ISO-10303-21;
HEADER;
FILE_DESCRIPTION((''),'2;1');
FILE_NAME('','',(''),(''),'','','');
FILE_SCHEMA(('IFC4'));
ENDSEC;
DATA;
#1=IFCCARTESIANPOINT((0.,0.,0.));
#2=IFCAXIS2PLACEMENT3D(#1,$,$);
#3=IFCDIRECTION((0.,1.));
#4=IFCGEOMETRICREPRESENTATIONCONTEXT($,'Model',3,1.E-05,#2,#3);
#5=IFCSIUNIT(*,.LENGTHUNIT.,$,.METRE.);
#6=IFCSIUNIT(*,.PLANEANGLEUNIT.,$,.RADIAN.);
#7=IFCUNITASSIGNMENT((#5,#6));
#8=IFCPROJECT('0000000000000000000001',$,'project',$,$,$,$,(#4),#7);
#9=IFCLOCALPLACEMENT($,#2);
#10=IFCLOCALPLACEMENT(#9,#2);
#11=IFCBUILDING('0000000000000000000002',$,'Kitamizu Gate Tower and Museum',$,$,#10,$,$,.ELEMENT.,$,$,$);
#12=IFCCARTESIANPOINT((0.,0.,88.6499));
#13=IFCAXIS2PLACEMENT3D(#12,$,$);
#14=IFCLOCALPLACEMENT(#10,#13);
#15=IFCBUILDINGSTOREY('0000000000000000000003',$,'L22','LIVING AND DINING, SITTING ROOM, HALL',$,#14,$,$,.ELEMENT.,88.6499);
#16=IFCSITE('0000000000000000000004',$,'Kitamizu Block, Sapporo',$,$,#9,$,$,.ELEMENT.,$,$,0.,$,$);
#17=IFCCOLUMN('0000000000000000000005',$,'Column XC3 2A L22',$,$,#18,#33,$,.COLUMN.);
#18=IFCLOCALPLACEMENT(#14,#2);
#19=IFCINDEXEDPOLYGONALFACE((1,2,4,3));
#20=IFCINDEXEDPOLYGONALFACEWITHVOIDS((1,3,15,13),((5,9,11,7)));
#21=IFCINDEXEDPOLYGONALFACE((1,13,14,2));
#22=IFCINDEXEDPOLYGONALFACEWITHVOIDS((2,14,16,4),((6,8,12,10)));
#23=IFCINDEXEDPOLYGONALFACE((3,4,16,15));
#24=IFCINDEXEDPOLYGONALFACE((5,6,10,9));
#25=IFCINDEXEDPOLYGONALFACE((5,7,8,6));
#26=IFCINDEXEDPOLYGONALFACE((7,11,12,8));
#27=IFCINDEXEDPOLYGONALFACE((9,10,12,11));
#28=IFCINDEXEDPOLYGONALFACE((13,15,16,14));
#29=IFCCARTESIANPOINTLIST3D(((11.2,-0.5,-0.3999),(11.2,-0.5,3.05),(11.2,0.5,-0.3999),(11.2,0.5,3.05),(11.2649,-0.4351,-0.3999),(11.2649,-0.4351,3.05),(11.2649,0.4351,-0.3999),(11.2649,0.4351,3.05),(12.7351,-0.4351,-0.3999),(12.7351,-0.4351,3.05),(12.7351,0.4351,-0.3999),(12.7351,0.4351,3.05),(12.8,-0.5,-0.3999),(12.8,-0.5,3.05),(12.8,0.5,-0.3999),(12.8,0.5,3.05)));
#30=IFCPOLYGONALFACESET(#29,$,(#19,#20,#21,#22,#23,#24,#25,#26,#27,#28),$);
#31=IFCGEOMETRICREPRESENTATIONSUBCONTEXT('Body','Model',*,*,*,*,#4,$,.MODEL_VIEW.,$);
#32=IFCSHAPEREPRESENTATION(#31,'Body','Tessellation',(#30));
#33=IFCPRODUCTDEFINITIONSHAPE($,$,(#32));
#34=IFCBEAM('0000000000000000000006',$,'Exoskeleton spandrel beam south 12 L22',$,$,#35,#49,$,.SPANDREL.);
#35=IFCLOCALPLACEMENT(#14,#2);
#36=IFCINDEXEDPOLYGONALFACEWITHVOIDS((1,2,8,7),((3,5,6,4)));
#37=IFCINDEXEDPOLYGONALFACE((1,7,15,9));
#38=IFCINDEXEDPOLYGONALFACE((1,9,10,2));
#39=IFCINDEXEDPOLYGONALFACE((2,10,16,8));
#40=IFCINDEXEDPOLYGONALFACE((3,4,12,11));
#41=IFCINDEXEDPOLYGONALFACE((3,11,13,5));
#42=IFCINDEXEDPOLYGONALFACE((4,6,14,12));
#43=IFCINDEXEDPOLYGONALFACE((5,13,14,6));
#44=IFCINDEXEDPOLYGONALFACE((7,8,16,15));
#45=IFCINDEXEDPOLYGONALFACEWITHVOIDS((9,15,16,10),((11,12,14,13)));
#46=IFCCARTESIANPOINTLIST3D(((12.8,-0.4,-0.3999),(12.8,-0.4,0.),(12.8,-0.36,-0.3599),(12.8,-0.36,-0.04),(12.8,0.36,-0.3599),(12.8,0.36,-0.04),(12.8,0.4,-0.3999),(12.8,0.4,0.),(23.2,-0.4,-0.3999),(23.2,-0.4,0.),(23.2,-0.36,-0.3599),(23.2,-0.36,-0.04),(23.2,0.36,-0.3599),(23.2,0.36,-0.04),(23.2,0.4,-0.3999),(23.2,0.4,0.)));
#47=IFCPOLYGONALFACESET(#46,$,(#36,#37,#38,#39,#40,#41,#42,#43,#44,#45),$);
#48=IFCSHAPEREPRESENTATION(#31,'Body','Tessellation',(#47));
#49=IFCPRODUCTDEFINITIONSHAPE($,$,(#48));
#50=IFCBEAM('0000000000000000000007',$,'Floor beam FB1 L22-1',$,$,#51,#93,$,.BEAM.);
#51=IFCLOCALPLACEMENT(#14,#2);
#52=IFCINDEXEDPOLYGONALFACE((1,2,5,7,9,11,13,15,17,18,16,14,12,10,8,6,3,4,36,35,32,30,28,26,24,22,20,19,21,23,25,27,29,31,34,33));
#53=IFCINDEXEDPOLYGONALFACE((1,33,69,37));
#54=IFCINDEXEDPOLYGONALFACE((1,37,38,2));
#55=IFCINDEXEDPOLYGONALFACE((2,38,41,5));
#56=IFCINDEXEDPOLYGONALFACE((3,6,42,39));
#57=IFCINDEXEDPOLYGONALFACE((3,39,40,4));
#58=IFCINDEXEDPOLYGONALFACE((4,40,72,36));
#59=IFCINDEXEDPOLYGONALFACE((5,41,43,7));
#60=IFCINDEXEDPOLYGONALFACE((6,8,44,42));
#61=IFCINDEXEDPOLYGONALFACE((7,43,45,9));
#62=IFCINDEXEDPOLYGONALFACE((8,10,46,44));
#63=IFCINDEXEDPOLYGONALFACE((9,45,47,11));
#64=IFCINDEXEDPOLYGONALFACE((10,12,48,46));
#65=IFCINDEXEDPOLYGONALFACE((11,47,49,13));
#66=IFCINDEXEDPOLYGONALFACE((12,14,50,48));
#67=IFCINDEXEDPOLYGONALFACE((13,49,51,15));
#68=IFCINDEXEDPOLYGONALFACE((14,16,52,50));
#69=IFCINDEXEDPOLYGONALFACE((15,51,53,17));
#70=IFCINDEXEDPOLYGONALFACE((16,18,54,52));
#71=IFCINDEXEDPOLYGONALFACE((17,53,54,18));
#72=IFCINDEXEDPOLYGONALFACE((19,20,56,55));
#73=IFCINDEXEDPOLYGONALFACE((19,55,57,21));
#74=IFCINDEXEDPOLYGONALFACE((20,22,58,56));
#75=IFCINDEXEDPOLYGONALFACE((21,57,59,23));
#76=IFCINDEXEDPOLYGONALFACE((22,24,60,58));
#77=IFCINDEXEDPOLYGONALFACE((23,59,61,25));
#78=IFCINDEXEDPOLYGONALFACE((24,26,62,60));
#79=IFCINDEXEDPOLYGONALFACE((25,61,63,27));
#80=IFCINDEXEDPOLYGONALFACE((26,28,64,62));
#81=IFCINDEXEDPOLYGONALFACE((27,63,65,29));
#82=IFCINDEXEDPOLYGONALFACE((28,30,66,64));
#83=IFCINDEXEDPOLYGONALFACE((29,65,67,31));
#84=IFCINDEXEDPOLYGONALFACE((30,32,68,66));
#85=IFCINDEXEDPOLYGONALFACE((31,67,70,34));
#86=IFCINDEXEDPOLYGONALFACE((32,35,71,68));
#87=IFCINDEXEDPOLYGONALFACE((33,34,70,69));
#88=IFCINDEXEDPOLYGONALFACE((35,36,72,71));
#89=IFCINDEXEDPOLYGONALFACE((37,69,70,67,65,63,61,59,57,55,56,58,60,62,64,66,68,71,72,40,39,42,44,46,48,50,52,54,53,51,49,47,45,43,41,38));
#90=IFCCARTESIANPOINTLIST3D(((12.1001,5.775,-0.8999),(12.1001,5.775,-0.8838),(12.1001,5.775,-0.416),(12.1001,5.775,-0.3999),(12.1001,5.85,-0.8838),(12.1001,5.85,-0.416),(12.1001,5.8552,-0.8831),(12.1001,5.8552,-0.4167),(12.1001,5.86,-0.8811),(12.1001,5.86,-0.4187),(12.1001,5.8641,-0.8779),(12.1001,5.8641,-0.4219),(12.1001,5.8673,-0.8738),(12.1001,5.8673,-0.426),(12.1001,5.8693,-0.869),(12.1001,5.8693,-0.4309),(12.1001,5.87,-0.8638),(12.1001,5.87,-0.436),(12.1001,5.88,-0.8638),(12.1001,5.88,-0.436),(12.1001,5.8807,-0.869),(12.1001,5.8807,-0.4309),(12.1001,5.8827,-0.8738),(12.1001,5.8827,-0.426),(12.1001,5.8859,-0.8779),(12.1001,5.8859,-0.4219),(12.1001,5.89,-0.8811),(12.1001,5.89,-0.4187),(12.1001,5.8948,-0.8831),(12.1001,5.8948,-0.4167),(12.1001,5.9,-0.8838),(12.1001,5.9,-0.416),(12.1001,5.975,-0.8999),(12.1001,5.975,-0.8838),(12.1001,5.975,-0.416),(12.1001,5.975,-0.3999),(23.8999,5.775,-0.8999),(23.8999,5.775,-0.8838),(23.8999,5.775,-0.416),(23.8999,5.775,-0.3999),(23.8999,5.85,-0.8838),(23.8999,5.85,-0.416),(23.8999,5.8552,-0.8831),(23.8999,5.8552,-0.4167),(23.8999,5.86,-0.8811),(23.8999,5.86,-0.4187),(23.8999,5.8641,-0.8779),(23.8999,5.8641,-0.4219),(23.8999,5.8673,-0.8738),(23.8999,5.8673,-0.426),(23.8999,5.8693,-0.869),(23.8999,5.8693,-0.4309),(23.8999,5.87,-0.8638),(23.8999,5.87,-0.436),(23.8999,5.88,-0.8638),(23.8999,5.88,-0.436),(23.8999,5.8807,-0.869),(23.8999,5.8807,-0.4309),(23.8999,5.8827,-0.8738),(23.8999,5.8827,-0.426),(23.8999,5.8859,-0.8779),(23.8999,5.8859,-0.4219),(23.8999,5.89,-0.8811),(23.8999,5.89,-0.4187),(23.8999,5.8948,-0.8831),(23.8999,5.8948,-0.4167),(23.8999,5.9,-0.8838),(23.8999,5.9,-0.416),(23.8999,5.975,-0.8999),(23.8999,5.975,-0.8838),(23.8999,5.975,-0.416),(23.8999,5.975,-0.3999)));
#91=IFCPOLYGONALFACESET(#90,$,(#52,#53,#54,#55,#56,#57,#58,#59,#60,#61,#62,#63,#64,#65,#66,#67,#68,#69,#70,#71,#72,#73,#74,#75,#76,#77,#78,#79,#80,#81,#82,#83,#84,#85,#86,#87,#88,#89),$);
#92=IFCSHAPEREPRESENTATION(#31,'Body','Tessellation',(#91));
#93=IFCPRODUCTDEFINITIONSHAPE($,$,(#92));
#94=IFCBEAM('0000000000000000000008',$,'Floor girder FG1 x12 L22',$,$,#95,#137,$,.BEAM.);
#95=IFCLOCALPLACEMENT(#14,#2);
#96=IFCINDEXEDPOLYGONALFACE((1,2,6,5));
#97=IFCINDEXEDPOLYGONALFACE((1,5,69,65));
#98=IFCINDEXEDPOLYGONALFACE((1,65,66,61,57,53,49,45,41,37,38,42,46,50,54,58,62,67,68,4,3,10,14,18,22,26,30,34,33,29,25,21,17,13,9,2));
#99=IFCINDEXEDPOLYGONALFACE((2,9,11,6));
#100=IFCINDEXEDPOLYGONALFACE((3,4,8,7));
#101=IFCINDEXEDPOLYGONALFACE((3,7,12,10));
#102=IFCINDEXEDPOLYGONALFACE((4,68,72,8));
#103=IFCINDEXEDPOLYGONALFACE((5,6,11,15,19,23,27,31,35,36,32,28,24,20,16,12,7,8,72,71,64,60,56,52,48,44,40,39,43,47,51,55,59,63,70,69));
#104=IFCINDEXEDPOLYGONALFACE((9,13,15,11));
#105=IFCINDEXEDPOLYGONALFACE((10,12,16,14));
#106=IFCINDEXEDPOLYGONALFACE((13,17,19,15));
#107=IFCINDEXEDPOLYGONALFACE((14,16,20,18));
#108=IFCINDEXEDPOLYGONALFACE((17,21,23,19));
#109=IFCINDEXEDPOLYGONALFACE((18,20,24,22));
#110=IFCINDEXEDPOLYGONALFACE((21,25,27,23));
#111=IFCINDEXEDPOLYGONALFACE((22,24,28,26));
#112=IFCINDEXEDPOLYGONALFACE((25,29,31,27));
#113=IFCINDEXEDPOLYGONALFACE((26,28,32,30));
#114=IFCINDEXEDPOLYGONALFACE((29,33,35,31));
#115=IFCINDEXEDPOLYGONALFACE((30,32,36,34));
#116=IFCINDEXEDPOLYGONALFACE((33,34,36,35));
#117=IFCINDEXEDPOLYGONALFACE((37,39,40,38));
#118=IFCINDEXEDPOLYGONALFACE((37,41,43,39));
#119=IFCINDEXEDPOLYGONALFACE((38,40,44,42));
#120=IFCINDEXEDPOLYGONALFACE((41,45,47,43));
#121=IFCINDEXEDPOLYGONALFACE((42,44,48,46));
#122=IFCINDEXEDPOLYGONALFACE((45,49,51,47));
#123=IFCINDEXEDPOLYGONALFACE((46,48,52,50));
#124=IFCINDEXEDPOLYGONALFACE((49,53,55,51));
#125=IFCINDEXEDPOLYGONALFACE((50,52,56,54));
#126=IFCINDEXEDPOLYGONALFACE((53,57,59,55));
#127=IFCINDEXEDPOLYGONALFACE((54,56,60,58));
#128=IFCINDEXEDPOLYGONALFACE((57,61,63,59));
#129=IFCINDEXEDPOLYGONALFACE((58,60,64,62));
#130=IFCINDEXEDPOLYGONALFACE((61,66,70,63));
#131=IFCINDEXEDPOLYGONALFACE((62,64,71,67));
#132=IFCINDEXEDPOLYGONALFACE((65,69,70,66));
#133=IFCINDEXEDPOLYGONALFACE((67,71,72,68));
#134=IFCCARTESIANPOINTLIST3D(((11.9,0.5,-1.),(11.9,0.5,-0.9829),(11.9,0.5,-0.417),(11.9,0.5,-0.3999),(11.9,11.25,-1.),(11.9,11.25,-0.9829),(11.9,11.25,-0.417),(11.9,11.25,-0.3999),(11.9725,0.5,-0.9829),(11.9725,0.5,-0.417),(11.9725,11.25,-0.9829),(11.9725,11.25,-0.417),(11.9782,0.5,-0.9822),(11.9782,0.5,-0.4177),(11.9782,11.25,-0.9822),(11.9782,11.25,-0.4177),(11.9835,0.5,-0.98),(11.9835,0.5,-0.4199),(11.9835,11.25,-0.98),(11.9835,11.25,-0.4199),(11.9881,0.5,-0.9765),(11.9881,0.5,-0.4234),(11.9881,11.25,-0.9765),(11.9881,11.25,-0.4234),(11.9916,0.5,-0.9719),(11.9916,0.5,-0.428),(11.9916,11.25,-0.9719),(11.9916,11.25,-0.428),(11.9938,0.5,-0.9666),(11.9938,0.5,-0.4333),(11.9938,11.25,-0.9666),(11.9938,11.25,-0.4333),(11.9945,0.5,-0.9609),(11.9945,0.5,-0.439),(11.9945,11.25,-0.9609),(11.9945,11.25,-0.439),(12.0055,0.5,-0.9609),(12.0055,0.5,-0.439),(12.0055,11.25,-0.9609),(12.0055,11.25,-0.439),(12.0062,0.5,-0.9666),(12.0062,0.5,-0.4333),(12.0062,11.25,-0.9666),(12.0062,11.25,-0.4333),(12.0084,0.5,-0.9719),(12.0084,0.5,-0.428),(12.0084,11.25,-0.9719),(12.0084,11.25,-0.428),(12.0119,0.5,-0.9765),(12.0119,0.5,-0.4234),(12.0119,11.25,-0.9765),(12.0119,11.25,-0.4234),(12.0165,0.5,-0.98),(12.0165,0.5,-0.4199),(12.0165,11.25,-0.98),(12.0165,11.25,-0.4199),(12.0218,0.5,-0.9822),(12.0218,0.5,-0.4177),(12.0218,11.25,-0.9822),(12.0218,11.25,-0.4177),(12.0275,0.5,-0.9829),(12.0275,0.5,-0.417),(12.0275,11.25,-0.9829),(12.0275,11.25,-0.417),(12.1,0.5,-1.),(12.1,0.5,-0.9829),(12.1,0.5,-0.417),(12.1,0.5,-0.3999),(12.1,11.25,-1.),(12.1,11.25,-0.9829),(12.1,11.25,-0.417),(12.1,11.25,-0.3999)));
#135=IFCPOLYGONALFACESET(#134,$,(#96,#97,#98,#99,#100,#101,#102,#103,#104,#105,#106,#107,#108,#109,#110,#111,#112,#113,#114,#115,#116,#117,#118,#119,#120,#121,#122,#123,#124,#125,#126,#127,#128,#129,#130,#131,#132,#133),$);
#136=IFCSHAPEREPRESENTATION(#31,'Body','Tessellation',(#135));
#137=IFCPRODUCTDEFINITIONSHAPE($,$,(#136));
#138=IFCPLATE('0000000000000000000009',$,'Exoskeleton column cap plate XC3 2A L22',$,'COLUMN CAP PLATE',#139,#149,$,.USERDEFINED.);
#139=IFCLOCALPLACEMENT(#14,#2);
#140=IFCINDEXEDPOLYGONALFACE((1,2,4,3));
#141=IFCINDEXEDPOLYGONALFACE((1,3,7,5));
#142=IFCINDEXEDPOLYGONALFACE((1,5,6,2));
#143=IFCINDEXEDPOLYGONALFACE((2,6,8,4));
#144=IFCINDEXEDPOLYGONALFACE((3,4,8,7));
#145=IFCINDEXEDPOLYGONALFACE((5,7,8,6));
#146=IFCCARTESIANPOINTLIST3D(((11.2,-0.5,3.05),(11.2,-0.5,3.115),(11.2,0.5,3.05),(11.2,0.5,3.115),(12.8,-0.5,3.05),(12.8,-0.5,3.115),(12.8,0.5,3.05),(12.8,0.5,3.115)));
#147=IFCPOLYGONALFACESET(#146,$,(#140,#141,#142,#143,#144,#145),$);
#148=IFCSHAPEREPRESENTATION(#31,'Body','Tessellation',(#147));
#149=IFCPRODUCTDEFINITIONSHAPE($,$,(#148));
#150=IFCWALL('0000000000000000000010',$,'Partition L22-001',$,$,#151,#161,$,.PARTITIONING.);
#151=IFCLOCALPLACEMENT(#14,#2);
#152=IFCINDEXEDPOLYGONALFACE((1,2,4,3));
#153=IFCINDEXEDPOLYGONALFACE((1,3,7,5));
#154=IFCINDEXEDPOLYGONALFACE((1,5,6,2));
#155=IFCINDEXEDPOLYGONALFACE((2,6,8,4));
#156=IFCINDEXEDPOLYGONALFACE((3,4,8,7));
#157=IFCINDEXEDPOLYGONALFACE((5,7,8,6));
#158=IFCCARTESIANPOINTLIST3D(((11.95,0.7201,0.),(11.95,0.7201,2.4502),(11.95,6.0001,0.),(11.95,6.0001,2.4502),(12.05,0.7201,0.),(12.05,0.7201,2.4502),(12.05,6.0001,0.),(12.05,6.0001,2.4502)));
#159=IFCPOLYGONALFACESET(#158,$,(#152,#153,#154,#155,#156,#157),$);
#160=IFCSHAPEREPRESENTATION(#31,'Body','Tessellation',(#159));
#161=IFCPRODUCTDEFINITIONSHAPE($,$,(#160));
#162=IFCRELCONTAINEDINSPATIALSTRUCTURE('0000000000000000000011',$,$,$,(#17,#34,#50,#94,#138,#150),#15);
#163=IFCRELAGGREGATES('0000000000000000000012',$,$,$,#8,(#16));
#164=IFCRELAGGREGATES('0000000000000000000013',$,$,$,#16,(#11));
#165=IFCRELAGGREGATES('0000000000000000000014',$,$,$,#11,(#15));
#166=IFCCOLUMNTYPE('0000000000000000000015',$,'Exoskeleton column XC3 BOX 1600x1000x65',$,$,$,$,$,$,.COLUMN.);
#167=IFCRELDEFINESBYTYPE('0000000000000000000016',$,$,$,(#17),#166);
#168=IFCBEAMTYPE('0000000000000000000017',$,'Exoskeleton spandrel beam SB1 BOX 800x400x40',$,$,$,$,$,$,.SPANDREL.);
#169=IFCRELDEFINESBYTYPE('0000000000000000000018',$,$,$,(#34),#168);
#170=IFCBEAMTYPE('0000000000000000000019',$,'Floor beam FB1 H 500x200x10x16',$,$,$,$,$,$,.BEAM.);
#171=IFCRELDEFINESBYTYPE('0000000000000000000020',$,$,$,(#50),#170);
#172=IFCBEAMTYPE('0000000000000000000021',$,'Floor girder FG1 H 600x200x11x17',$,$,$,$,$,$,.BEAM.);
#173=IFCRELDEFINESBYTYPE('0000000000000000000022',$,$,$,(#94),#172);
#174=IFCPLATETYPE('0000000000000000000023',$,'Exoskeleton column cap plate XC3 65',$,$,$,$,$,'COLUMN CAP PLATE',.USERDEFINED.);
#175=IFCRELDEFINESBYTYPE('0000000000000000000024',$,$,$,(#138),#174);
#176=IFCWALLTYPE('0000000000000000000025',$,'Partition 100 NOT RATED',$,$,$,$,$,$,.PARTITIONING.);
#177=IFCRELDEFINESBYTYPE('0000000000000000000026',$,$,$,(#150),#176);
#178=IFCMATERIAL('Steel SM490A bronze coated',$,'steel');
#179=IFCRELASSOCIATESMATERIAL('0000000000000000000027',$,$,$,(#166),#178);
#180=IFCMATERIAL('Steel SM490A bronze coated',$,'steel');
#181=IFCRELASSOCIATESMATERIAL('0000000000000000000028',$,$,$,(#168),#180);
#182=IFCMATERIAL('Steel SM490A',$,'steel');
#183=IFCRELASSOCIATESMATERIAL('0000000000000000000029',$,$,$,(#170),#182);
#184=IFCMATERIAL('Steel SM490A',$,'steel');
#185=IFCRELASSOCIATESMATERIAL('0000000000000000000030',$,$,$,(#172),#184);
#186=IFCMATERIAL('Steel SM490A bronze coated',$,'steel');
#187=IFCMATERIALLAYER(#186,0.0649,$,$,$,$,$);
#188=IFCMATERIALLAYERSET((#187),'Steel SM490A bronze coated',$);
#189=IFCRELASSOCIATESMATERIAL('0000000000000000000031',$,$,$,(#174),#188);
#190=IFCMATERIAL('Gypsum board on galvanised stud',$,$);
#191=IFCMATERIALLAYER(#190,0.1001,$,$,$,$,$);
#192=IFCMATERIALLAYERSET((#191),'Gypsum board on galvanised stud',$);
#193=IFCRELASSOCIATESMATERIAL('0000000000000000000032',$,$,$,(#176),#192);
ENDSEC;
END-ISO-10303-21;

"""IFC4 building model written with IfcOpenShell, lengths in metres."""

from ifc_helpers import new_model, si_unit, direction, frame, frame_2d, origin, origin_2d, place, context, subcontext, project, spatial, rectangle, hollow_rectangle, i_section, extrude, material, layer, layer_set, material_profile, profile_set, type_object, element, save


model = new_model("IFC4")

# Units and contexts
model_context = context("Model", 3, precision=1e-05, world=origin(), true_north=direction((0.0, 1.0)))
body_context = subcontext(model_context, "Body", "Model", "MODEL_VIEW")
ifc_project = project(units=[si_unit("LENGTHUNIT", "METRE"), si_unit("PLANEANGLEUNIT", "RADIAN")], contexts=[model_context])

# Site, building, storey
site_placement = place(None, origin())
site = spatial("IfcSite", under=ifc_project, at=site_placement, Name="Kitamizu Block, Sapporo", CompositionType="ELEMENT", RefElevation=0.0)
building_placement = place(site_placement, origin())
building = spatial("IfcBuilding", under=site, at=building_placement, Name="Kitamizu Gate Tower and Museum", CompositionType="ELEMENT")
storey_placement = place(building_placement, frame((0.0, 0.0, 88.6499)))
storey = spatial("IfcBuildingStorey", under=building, at=storey_placement, Name="L22", Description="LIVING AND DINING, SITTING ROOM, HALL", CompositionType="ELEMENT", Elevation=88.6499)

# Column
ifc_material_1 = material(Name="Steel SM490A bronze coated", Category="steel")
ifc_material_profile_1 = material_profile(ifc_material_1, hollow_rectangle(XDim=1.6001, YDim=1.0, WallThickness=0.0649, at=origin_2d()), Name="BOX 1600x1000x65")
ifc_profile_set_1 = profile_set([ifc_material_profile_1], Name="Steel SM490A bronze coated")
column_type = type_object("IfcColumnType", Name="Exoskeleton column XC3 BOX 1600x1000x65", PredefinedType="COLUMN", material=ifc_profile_set_1)
column_placement = place(storey_placement, frame((12.0, 0.0, -0.3999), z_axis=(0.0, 0.0, 1.0), x_axis=(1.0, 0.0, 0.0)))
element("IfcColumn", 1, at=column_placement, inside=storey, type_object=column_type, Name="Column XC3 2A L22", PredefinedType="COLUMN", context=body_context, shape_type="SweptSolid", body=[
    extrude(hollow_rectangle(XDim=1.6001, YDim=1.0, WallThickness=0.0649, at=origin_2d()), origin(), (0.0, 0.0, 1.0), 3.45),
])

# Beams
ifc_material_2 = material(Name="Steel SM490A bronze coated", Category="steel")
ifc_material_profile_2 = material_profile(ifc_material_2, hollow_rectangle(XDim=0.8, YDim=0.3999, WallThickness=0.04, at=origin_2d()), Name="BOX 800x400x40")
ifc_profile_set_2 = profile_set([ifc_material_profile_2], Name="Steel SM490A bronze coated")
beam_type_1 = type_object("IfcBeamType", Name="Exoskeleton spandrel beam SB1 BOX 800x400x40", PredefinedType="SPANDREL", material=ifc_profile_set_2)
beam_1_placement = place(storey_placement, frame((12.8, 0.0, -0.2), z_axis=(1.0, 0.0, 0.0), x_axis=(0.0, 1.0, 0.0)))
element("IfcBeam", 2, at=beam_1_placement, inside=storey, type_object=beam_type_1, Name="Exoskeleton spandrel beam south 12 L22", PredefinedType="SPANDREL", context=body_context, shape_type="SweptSolid", body=[
    extrude(hollow_rectangle(XDim=0.8, YDim=0.3999, WallThickness=0.04, at=origin_2d()), origin(), (0.0, 0.0, 1.0), 10.3999),
])
ifc_material_3 = material(Name="Steel SM490A", Category="steel")
ifc_material_profile_3 = material_profile(ifc_material_3, i_section(OverallWidth=0.2, OverallDepth=0.5, WebThickness=0.01, FlangeThickness=0.0161, FilletRadius=0.02, at=origin_2d()), Name="H-500x200x10x16")
ifc_profile_set_3 = profile_set([ifc_material_profile_3], Name="Steel SM490A")
beam_type_2 = type_object("IfcBeamType", Name="Floor beam FB1 H 500x200x10x16", PredefinedType="BEAM", material=ifc_profile_set_3)
beam_2_placement = place(storey_placement, frame((12.1001, 5.875, -0.6499), z_axis=(1.0, 0.0, 0.0), x_axis=(0.0, 1.0, 0.0)))
element("IfcBeam", 3, at=beam_2_placement, inside=storey, type_object=beam_type_2, Name="Floor beam FB1 L22-1", PredefinedType="BEAM", context=body_context, shape_type="SweptSolid", body=[
    extrude(i_section(OverallWidth=0.2, OverallDepth=0.5, WebThickness=0.01, FlangeThickness=0.0161, FilletRadius=0.02, at=origin_2d()), origin(), (0.0, 0.0, 1.0), 11.7998),
])
ifc_material_4 = material(Name="Steel SM490A", Category="steel")
ifc_material_profile_4 = material_profile(ifc_material_4, i_section(OverallWidth=0.2, OverallDepth=0.6001, WebThickness=0.011, FlangeThickness=0.0171, FilletRadius=0.022, at=origin_2d()), Name="H-600x200x11x17")
ifc_profile_set_4 = profile_set([ifc_material_profile_4], Name="Steel SM490A")
beam_type_3 = type_object("IfcBeamType", Name="Floor girder FG1 H 600x200x11x17", PredefinedType="BEAM", material=ifc_profile_set_4)
beam_3_placement = place(storey_placement, frame((12.0, 0.5, -0.7), z_axis=(0.0, 1.0, 0.0), x_axis=(-1.0, 0.0, 0.0)))
element("IfcBeam", 4, at=beam_3_placement, inside=storey, type_object=beam_type_3, Name="Floor girder FG1 x12 L22", PredefinedType="BEAM", context=body_context, shape_type="SweptSolid", body=[
    extrude(i_section(OverallWidth=0.2, OverallDepth=0.6001, WebThickness=0.011, FlangeThickness=0.0171, FilletRadius=0.022, at=origin_2d()), origin(), (0.0, 0.0, 1.0), 10.75),
])

# Plate
ifc_material_5 = material(Name="Steel SM490A bronze coated", Category="steel")
ifc_layer_1 = layer(ifc_material_5, 0.0649)
ifc_layer_set_1 = layer_set([ifc_layer_1], Name="Steel SM490A bronze coated")
plate_type = type_object("IfcPlateType", Name="Exoskeleton column cap plate XC3 65", ElementType="COLUMN CAP PLATE", PredefinedType="USERDEFINED", material=ifc_layer_set_1)
plate_placement = place(storey_placement, frame((12.0, 0.0, 3.05), z_axis=(0.0, 0.0, 1.0), x_axis=(1.0, 0.0, 0.0)))
element("IfcPlate", 5, at=plate_placement, inside=storey, type_object=plate_type, Name="Exoskeleton column cap plate XC3 2A L22", ObjectType="COLUMN CAP PLATE", PredefinedType="USERDEFINED", context=body_context, shape_type="SweptSolid", body=[
    extrude(rectangle(XDim=1.6001, YDim=1.0, at=origin_2d()), origin(), (0.0, 0.0, 1.0), 0.0649),
])

# Wall
ifc_material_6 = material(Name="Gypsum board on galvanised stud")
ifc_layer_2 = layer(ifc_material_6, 0.1001)
ifc_layer_set_2 = layer_set([ifc_layer_2], Name="Gypsum board on galvanised stud")
wall_type = type_object("IfcWallType", Name="Partition 100 NOT RATED", PredefinedType="PARTITIONING", material=ifc_layer_set_2)
wall_placement = place(storey_placement, frame((12.0, 0.72, 0.0), z_axis=(0.0, 0.0, 1.0), x_axis=(0.0, 1.0, 0.0)))
element("IfcWall", 6, at=wall_placement, inside=storey, type_object=wall_type, Name="Partition L22-001", PredefinedType="PARTITIONING", context=body_context, shape_type="SweptSolid", body=[
    extrude(rectangle(XDim=5.28, YDim=0.1001, at=frame_2d((2.6401, 0.0))), origin(), (0.0, 0.0, 1.0), 2.4502),
])

save(model, "model.ifc")
